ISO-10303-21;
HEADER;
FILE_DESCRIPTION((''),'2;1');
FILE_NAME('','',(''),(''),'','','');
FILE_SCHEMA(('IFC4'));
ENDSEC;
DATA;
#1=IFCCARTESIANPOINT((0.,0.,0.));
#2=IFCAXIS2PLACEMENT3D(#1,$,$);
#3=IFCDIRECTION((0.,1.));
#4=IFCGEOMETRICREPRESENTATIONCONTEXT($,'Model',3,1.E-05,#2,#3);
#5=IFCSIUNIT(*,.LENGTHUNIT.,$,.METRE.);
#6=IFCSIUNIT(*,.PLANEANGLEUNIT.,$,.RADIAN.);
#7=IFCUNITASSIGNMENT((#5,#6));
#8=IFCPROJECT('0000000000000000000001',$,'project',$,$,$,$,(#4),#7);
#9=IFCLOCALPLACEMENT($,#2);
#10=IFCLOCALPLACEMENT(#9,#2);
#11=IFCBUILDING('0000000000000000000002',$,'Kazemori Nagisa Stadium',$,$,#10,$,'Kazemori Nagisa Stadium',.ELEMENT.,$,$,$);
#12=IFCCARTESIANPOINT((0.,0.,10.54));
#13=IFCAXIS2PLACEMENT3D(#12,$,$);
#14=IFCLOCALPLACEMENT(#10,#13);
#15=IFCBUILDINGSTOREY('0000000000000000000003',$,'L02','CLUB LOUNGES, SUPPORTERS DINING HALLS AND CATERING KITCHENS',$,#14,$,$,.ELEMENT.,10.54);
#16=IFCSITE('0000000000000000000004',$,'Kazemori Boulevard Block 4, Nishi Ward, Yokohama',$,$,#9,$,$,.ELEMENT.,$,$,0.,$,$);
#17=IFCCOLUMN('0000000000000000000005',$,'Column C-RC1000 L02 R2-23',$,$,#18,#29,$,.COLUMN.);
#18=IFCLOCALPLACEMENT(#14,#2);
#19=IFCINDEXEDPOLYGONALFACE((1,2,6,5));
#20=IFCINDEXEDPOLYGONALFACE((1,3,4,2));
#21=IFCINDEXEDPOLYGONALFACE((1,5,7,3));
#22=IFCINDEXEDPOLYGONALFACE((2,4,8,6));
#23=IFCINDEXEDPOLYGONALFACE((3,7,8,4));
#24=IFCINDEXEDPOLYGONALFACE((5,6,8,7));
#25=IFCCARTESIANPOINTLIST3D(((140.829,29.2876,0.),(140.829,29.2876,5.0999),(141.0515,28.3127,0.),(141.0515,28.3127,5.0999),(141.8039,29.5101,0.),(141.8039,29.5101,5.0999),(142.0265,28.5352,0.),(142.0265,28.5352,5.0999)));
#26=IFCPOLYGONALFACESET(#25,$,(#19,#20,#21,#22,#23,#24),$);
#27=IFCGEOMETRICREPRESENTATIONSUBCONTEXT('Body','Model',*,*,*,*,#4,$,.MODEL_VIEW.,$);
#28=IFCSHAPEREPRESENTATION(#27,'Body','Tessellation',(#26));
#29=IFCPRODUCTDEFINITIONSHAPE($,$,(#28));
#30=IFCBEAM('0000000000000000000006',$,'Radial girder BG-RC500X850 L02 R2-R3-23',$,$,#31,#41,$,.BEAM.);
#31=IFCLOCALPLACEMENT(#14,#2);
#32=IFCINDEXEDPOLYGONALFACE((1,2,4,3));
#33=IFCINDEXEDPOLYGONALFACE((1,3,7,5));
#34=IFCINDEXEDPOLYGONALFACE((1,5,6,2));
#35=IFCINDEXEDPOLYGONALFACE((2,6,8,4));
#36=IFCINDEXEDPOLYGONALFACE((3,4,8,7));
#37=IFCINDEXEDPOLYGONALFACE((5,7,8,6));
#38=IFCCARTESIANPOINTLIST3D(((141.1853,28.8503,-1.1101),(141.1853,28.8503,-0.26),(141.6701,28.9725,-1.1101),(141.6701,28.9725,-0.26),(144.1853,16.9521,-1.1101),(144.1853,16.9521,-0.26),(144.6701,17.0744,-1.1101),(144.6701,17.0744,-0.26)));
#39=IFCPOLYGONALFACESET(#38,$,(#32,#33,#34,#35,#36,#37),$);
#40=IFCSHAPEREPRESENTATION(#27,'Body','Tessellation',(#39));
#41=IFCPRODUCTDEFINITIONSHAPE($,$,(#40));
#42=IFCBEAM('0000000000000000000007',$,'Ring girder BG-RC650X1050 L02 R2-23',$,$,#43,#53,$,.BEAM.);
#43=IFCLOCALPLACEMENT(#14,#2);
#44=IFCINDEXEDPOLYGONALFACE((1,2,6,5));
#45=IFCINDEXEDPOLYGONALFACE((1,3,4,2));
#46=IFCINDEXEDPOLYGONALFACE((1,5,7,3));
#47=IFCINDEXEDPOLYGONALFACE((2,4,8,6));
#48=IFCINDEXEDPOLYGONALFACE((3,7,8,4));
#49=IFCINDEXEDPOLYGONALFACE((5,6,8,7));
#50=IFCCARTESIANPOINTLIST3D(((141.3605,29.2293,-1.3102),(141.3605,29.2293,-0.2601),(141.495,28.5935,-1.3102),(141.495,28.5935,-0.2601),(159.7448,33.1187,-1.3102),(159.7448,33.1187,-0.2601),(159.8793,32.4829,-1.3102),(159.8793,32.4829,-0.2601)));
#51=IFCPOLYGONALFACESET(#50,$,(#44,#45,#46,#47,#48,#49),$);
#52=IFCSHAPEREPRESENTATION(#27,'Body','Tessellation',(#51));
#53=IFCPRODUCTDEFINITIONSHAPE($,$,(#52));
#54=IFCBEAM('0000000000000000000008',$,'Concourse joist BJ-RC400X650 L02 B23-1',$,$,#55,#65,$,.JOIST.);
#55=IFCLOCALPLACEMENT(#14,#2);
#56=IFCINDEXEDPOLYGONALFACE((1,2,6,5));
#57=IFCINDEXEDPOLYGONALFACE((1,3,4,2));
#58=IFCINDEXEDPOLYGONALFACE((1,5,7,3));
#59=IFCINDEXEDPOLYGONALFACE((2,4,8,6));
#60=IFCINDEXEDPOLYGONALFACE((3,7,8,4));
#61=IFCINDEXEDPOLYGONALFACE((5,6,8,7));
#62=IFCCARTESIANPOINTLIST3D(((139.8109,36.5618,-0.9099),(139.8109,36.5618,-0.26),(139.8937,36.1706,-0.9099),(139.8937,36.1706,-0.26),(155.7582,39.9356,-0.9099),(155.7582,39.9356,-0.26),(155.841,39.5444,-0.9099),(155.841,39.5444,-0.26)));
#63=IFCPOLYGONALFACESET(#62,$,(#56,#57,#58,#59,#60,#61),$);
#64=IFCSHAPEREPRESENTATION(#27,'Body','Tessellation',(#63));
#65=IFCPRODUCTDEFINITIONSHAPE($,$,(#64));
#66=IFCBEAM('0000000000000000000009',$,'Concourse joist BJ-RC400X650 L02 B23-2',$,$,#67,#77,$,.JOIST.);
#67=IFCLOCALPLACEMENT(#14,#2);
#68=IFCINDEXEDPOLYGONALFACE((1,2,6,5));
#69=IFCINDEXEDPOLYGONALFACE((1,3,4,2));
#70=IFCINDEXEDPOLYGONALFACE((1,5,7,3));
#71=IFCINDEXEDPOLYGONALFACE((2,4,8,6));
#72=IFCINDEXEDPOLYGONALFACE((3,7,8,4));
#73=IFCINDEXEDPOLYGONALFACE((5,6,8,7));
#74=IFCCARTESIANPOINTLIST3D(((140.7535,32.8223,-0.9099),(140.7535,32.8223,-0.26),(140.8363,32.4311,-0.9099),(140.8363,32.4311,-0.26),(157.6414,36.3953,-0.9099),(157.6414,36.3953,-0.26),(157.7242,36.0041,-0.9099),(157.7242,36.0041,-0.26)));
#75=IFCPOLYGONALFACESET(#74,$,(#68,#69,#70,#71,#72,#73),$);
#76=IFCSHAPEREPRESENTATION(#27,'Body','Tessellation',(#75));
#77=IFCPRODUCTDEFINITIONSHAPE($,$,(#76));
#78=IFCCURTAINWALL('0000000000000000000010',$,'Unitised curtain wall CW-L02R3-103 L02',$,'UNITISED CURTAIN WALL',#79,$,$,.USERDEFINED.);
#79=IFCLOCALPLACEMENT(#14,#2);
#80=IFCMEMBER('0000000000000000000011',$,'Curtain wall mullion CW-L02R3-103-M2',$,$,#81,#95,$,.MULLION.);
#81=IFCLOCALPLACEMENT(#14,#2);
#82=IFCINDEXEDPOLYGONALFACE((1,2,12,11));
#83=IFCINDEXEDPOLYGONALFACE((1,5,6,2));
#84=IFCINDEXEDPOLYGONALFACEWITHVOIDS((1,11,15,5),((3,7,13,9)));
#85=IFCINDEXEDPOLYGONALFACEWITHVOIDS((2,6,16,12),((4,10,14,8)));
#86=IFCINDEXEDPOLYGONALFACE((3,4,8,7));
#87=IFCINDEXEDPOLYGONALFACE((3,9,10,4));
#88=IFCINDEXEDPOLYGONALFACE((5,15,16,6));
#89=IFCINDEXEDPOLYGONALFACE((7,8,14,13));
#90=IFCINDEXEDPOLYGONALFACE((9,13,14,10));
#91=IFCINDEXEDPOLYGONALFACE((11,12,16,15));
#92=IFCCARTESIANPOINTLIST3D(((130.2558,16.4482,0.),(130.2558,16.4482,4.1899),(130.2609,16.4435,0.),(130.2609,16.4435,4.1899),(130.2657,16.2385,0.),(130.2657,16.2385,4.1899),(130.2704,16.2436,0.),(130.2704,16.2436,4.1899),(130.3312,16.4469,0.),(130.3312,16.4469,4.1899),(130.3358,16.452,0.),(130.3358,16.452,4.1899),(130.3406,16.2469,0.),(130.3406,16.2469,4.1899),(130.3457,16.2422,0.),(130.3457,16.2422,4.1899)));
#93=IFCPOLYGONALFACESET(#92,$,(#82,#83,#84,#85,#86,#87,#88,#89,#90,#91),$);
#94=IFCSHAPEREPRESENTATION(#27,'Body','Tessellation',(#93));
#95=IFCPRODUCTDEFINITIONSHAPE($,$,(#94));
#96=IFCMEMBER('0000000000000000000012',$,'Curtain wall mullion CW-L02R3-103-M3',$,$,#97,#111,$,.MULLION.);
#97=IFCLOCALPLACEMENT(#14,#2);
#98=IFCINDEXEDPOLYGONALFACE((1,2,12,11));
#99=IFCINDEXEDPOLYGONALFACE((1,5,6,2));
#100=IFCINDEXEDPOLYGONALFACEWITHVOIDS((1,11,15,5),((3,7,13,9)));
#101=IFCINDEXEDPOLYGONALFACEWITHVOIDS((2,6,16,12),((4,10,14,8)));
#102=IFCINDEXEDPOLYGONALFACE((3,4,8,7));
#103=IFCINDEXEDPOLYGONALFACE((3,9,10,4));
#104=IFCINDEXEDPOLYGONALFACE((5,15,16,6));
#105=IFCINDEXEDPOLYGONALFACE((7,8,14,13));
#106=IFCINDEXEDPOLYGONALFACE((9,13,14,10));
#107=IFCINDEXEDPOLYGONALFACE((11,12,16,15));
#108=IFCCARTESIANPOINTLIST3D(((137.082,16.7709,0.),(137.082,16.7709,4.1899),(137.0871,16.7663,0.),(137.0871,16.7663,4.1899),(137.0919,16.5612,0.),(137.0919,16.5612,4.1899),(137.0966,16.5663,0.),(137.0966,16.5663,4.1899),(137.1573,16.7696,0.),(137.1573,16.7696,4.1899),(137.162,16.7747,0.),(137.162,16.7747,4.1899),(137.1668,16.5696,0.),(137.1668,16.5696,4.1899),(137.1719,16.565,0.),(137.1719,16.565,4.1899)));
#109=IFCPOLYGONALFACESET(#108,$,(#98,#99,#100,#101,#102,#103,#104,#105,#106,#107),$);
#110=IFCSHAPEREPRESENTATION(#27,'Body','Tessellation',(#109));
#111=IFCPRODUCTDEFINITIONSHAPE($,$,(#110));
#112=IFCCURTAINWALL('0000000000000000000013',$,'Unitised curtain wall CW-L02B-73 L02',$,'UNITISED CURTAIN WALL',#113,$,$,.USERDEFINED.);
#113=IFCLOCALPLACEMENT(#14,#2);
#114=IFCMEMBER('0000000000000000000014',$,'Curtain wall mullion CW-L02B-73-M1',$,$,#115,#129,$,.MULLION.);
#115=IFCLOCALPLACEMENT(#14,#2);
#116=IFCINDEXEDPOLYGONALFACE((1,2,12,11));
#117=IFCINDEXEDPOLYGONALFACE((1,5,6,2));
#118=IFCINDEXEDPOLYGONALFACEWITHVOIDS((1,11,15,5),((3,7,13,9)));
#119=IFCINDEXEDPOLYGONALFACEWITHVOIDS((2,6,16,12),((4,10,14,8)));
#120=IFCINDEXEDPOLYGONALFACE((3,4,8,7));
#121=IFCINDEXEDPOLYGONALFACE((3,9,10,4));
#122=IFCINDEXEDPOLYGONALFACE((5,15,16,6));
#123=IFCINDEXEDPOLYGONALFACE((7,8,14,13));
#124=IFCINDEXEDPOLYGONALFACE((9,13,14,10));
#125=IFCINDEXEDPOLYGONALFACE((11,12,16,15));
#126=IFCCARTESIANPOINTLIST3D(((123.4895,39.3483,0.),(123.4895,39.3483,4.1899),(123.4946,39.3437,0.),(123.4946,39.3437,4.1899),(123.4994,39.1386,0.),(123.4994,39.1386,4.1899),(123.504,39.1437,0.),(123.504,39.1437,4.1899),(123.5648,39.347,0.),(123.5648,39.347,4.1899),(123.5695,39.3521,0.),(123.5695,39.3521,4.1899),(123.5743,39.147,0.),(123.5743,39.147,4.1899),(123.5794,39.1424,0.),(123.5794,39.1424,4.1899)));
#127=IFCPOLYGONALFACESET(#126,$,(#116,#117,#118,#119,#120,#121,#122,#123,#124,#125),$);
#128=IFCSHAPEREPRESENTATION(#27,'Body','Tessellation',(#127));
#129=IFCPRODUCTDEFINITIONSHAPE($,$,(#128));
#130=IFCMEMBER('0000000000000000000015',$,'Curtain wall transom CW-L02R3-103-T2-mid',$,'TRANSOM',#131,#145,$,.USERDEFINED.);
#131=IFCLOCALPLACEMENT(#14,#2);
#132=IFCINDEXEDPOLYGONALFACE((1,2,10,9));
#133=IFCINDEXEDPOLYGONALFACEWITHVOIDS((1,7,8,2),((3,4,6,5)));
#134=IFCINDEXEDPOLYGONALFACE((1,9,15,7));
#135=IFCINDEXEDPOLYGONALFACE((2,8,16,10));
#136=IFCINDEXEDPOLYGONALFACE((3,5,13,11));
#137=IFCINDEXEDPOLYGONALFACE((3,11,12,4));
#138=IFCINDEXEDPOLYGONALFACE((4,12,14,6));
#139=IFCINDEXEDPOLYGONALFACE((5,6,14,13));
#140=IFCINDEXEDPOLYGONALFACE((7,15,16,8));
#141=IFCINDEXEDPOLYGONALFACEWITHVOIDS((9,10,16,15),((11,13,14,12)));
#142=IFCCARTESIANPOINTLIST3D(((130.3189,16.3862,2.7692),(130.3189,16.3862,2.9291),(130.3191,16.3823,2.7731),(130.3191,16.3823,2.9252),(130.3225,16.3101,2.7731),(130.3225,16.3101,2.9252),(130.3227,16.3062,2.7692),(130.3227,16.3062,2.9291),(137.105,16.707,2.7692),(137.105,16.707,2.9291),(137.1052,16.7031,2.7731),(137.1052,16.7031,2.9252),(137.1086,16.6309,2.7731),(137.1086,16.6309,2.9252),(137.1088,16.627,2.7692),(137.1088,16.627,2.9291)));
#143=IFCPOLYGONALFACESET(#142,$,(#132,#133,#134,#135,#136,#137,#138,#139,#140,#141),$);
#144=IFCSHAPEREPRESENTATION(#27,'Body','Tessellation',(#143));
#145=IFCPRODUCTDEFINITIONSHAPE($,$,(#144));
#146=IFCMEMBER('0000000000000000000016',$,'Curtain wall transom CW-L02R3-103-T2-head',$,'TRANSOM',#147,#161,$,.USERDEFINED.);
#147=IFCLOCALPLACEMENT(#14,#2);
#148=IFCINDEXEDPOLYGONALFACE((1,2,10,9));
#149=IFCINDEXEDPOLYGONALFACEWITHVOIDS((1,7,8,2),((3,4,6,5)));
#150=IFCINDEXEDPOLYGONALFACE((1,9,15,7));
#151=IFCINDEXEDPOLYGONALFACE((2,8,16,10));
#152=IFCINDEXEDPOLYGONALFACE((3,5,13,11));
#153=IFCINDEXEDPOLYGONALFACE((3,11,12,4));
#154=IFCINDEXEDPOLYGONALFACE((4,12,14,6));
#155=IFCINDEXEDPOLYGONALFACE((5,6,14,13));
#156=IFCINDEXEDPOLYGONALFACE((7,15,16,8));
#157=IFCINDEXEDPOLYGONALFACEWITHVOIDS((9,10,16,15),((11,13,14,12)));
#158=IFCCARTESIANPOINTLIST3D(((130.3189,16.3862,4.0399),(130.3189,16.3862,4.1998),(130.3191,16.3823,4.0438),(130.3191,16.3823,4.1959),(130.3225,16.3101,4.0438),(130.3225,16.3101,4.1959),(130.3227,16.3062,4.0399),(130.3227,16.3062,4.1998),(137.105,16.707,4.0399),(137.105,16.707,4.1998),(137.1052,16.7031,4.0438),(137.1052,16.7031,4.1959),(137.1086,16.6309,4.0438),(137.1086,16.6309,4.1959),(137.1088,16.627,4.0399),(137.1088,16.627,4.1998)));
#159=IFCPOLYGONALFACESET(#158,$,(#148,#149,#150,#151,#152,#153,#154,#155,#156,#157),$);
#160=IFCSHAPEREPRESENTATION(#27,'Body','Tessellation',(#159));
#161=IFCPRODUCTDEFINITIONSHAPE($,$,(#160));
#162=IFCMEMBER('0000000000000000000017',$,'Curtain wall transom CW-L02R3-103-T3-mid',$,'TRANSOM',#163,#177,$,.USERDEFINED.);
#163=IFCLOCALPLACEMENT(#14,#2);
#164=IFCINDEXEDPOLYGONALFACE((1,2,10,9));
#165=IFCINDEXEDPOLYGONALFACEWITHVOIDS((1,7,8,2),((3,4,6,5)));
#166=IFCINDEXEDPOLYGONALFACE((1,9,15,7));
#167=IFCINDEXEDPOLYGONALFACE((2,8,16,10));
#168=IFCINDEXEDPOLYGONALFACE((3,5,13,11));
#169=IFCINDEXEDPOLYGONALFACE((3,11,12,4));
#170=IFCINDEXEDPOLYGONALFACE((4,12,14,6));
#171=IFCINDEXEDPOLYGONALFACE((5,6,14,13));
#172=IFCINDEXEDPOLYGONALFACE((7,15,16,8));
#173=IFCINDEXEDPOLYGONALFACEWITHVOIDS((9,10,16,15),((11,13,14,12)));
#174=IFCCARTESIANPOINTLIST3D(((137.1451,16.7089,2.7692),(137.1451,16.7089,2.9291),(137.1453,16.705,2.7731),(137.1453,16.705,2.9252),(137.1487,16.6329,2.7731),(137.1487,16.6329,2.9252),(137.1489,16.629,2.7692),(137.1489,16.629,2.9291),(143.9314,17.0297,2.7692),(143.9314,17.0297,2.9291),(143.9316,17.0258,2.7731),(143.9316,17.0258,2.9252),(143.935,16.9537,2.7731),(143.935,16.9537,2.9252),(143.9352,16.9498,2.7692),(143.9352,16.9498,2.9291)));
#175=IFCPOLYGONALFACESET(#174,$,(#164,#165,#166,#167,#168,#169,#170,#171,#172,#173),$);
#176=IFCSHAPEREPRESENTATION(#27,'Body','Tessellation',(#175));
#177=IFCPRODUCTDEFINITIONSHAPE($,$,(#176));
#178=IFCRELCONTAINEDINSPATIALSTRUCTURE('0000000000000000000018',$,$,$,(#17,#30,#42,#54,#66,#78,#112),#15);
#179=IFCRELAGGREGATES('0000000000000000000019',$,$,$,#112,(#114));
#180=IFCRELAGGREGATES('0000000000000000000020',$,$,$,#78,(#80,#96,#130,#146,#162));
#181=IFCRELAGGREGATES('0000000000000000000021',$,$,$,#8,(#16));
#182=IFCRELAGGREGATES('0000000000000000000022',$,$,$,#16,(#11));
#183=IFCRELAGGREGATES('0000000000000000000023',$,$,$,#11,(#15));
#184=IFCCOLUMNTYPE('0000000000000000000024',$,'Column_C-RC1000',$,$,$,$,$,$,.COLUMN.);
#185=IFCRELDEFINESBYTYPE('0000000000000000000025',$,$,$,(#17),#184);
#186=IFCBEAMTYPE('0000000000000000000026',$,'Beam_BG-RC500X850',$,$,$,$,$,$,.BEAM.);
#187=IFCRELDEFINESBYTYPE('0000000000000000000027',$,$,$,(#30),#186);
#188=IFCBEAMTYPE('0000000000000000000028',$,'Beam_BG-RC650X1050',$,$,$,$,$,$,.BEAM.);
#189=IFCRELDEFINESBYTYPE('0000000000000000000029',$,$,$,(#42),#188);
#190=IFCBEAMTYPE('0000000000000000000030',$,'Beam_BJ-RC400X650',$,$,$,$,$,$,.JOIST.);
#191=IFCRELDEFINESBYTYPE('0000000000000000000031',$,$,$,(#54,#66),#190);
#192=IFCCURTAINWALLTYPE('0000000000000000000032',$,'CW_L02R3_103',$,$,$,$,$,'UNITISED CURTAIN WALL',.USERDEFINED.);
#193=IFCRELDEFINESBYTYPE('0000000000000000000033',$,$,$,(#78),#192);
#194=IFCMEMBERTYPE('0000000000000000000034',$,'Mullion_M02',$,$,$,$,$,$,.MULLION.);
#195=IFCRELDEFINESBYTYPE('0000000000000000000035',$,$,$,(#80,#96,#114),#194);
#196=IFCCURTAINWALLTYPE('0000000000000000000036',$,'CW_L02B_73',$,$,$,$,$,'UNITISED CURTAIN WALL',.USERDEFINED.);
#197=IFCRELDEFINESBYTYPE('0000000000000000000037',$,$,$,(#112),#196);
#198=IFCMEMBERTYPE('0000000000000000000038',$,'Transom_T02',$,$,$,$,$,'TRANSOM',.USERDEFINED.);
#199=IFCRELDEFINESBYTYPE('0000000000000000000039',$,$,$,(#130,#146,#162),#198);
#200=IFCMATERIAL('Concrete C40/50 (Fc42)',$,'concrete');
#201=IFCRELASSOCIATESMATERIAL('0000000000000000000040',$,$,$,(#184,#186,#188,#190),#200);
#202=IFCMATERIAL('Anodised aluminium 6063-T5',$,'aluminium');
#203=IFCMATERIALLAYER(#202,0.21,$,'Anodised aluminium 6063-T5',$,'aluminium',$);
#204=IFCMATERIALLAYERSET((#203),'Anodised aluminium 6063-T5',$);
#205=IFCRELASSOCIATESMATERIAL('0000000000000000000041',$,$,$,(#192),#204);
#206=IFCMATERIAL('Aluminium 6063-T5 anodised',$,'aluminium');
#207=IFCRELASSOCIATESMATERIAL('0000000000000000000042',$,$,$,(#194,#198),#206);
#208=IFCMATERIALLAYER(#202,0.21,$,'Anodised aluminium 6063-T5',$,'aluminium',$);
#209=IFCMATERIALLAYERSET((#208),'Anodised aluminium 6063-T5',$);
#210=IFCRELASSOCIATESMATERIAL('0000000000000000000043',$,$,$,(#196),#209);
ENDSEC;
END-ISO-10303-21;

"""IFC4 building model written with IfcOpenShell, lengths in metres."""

from ifc_helpers import new_model, si_unit, direction, frame, origin, origin_2d, place, context, subcontext, project, spatial, rectangle, hollow_rectangle, extrude, material, layer, layer_set, material_profile, profile_set, type_object, element, aggregate, save


model = new_model("IFC4")

# Units and contexts
model_context = context("Model", 3, precision=1e-05, world=origin(), true_north=direction((0.0, 1.0)))
body_context = subcontext(model_context, "Body", "Model", "MODEL_VIEW")
ifc_project = project(units=[si_unit("LENGTHUNIT", "METRE"), si_unit("PLANEANGLEUNIT", "RADIAN")], contexts=[model_context])

# Site, building, storey
site_placement = place(None, origin())
site = spatial("IfcSite", under=ifc_project, at=site_placement, Name="Kazemori Boulevard Block 4, Nishi Ward, Yokohama", CompositionType="ELEMENT", RefElevation=0.0)
building_placement = place(site_placement, origin())
building = spatial("IfcBuilding", under=site, at=building_placement, Name="Kazemori Nagisa Stadium", LongName="Kazemori Nagisa Stadium", CompositionType="ELEMENT")
storey_placement = place(building_placement, frame((0.0, 0.0, 10.54)))
storey = spatial("IfcBuildingStorey", under=building, at=storey_placement, Name="L02", Description="CLUB LOUNGES, SUPPORTERS DINING HALLS AND CATERING KITCHENS", CompositionType="ELEMENT", Elevation=10.54)

# Column
ifc_material_1 = material(Name="Concrete C40/50 (Fc42)", Category="concrete")
ifc_material_profile_1 = material_profile(ifc_material_1, rectangle(XDim=1.0, YDim=1.0, at=origin_2d()), Name="RC-COL-1000x1000")
ifc_profile_set_1 = profile_set([ifc_material_profile_1], Name="Concrete C40/50 (Fc42)")
column_type = type_object("IfcColumnType", Name="Column_C-RC1000", PredefinedType="COLUMN", material=ifc_profile_set_1)
column_placement = place(storey_placement, frame((141.4277, 28.9114, 0.0), z_axis=(0.0, 0.0, 1.0), x_axis=(0.222521, -0.974928, 0.0)))
element("IfcColumn", 1, at=column_placement, inside=storey, type_object=column_type, Name="Column C-RC1000 L02 R2-23", PredefinedType="COLUMN", context=body_context, shape_type="SweptSolid", body=[
    extrude(rectangle(XDim=1.0, YDim=1.0, at=origin_2d()), origin(), (0.0, 0.0, 1.0), 5.0999),
])

# Beams
ifc_material_profile_2 = material_profile(ifc_material_1, rectangle(XDim=0.5, YDim=0.8501, at=origin_2d()), Name="RC-BM-500x850")
ifc_profile_set_2 = profile_set([ifc_material_profile_2], Name="Concrete C40/50 (Fc42)")
beam_type_1 = type_object("IfcBeamType", Name="Beam_BG-RC500X850", PredefinedType="BEAM", material=ifc_profile_set_2)
beam_1_placement = place(storey_placement, frame((141.4277, 28.9114, -0.6851), z_axis=(0.244487, -0.969652, 0.0), x_axis=(0.969652, 0.244487, 0.0)))
element("IfcBeam", 2, at=beam_1_placement, inside=storey, type_object=beam_type_1, Name="Radial girder BG-RC500X850 L02 R2-R3-23", PredefinedType="BEAM", context=body_context, shape_type="SweptSolid", body=[
    extrude(rectangle(XDim=0.5, YDim=0.8501, at=origin_2d()), origin(), (0.0, 0.0, 1.0), 12.2705),
])
ifc_material_profile_3 = material_profile(ifc_material_1, rectangle(XDim=0.6499, YDim=1.05, at=origin_2d()), Name="RC-BM-650x1050")
ifc_profile_set_3 = profile_set([ifc_material_profile_3], Name="Concrete C40/50 (Fc42)")
beam_type_2 = type_object("IfcBeamType", Name="Beam_BG-RC650X1050", PredefinedType="BEAM", material=ifc_profile_set_3)
beam_2_placement = place(storey_placement, frame((141.4277, 28.9114, -0.7852), z_axis=(0.978345, 0.20698, 0.0), x_axis=(-0.20698, 0.978345, 0.0)))
element("IfcBeam", 3, at=beam_2_placement, inside=storey, type_object=beam_type_2, Name="Ring girder BG-RC650X1050 L02 R2-23", PredefinedType="BEAM", context=body_context, shape_type="SweptSolid", body=[
    extrude(rectangle(XDim=0.6499, YDim=1.05, at=origin_2d()), origin(), (0.0, 0.0, 1.0), 18.7913),
])
ifc_material_profile_4 = material_profile(ifc_material_1, rectangle(XDim=0.3999, YDim=0.6499, at=origin_2d()), Name="RC-BM-400x650")
ifc_profile_set_4 = profile_set([ifc_material_profile_4], Name="Concrete C40/50 (Fc42)")
beam_type_3 = type_object("IfcBeamType", Name="Beam_BJ-RC400X650", PredefinedType="JOIST", material=ifc_profile_set_4)
beam_3_placement = place(storey_placement, frame((139.8523, 36.3662, -0.585), z_axis=(0.978346, 0.206977, 0.0), x_axis=(-0.206977, 0.978346, 0.0)))
element("IfcBeam", 4, at=beam_3_placement, inside=storey, type_object=beam_type_3, Name="Concourse joist BJ-RC400X650 L02 B23-1", PredefinedType="JOIST", context=body_context, shape_type="SweptSolid", body=[
    extrude(rectangle(XDim=0.3999, YDim=0.6499, at=origin_2d()), origin(), (0.0, 0.0, 1.0), 16.3003),
])
beam_4_placement = place(storey_placement, frame((140.7949, 32.6267, -0.585), z_axis=(0.978343, 0.206989, 0.0), x_axis=(-0.206989, 0.978343, 0.0)))
element("IfcBeam", 5, at=beam_4_placement, inside=storey, type_object=beam_type_3, Name="Concourse joist BJ-RC400X650 L02 B23-2", PredefinedType="JOIST", context=body_context, shape_type="SweptSolid", body=[
    extrude(rectangle(XDim=0.3999, YDim=0.6499, at=origin_2d()), origin(), (0.0, 0.0, 1.0), 17.2617),
])

# Curtain wall, members
ifc_material_2 = material(Name="Anodised aluminium 6063-T5", Category="aluminium")
ifc_layer_1 = layer(ifc_material_2, 0.21, Name="Anodised aluminium 6063-T5", Category="aluminium")
ifc_layer_set_1 = layer_set([ifc_layer_1], Name="Anodised aluminium 6063-T5")
curtain_wall_type_1 = type_object("IfcCurtainWallType", Name="CW_L02R3_103", ElementType="UNITISED CURTAIN WALL", PredefinedType="USERDEFINED", material=ifc_layer_set_1)
curtain_wall_1_placement = place(storey_placement, origin())
curtain_wall_1 = element("IfcCurtainWall", 6, at=curtain_wall_1_placement, inside=storey, type_object=curtain_wall_type_1, Name="Unitised curtain wall CW-L02R3-103 L02", ObjectType="UNITISED CURTAIN WALL", PredefinedType="USERDEFINED")
ifc_material_3 = material(Name="Aluminium 6063-T5 anodised", Category="aluminium")
ifc_material_profile_5 = material_profile(ifc_material_3, hollow_rectangle(XDim=0.0801, YDim=0.21, WallThickness=0.0049, at=origin_2d()), Name="ALU-MULL-80x210x5")
ifc_profile_set_5 = profile_set([ifc_material_profile_5], Name="Aluminium 6063-T5 anodised")
member_type_1 = type_object("IfcMemberType", Name="Mullion_M02", PredefinedType="MULLION", material=ifc_profile_set_5)
member_1_placement = place(storey_placement, frame((130.3008, 16.3452, 0.0), z_axis=(0.0, 0.0, 1.0), x_axis=(0.998884, 0.04723, 0.0)))
member_1 = element("IfcMember", 7, at=member_1_placement, type_object=member_type_1, Name="Curtain wall mullion CW-L02R3-103-M2", PredefinedType="MULLION", context=body_context, shape_type="SweptSolid", body=[
    extrude(hollow_rectangle(XDim=0.0801, YDim=0.21, WallThickness=0.0049, at=origin_2d()), origin(), (0.0, 0.0, 1.0), 4.1899),
])
member_2_placement = place(storey_placement, frame((137.127, 16.668, 0.0), z_axis=(0.0, 0.0, 1.0), x_axis=(0.998884, 0.04723, 0.0)))
member_2 = element("IfcMember", 8, at=member_2_placement, type_object=member_type_1, Name="Curtain wall mullion CW-L02R3-103-M3", PredefinedType="MULLION", context=body_context, shape_type="SweptSolid", body=[
    extrude(hollow_rectangle(XDim=0.0801, YDim=0.21, WallThickness=0.0049, at=origin_2d()), origin(), (0.0, 0.0, 1.0), 4.1899),
])

# Curtain wall, member
ifc_layer_2 = layer(ifc_material_2, 0.21, Name="Anodised aluminium 6063-T5", Category="aluminium")
ifc_layer_set_2 = layer_set([ifc_layer_2], Name="Anodised aluminium 6063-T5")
curtain_wall_type_2 = type_object("IfcCurtainWallType", Name="CW_L02B_73", ElementType="UNITISED CURTAIN WALL", PredefinedType="USERDEFINED", material=ifc_layer_set_2)
curtain_wall_2_placement = place(storey_placement, origin())
curtain_wall_2 = element("IfcCurtainWall", 9, at=curtain_wall_2_placement, inside=storey, type_object=curtain_wall_type_2, Name="Unitised curtain wall CW-L02B-73 L02", ObjectType="UNITISED CURTAIN WALL", PredefinedType="USERDEFINED")
member_3_placement = place(storey_placement, frame((123.5344, 39.2454, 0.0), z_axis=(0.0, 0.0, 1.0), x_axis=(0.998884, 0.04723, 0.0)))
member_3 = element("IfcMember", 10, at=member_3_placement, type_object=member_type_1, Name="Curtain wall mullion CW-L02B-73-M1", PredefinedType="MULLION", context=body_context, shape_type="SweptSolid", body=[
    extrude(hollow_rectangle(XDim=0.0801, YDim=0.21, WallThickness=0.0049, at=origin_2d()), origin(), (0.0, 0.0, 1.0), 4.1899),
])
aggregate(curtain_wall_2, [member_3])

# Members
ifc_material_profile_6 = material_profile(ifc_material_3, hollow_rectangle(XDim=0.0801, YDim=0.1599, WallThickness=0.0039, at=origin_2d()), Name="ALU-TRAN-80x160x4")
ifc_profile_set_6 = profile_set([ifc_material_profile_6], Name="Aluminium 6063-T5 anodised")
member_type_2 = type_object("IfcMemberType", Name="Transom_T02", ElementType="TRANSOM", PredefinedType="USERDEFINED", material=ifc_profile_set_6)
member_4_placement = place(storey_placement, frame((130.3208, 16.3462, 2.8491), z_axis=(0.998885, 0.04722, 0.0), x_axis=(-0.04722, 0.998885, 0.0)))
member_4 = element("IfcMember", 11, at=member_4_placement, type_object=member_type_2, Name="Curtain wall transom CW-L02R3-103-T2-mid", ObjectType="TRANSOM", PredefinedType="USERDEFINED", context=body_context, shape_type="SweptSolid", body=[
    extrude(hollow_rectangle(XDim=0.0801, YDim=0.1599, WallThickness=0.0039, at=origin_2d()), origin(), (0.0, 0.0, 1.0), 6.7937),
])
member_5_placement = place(storey_placement, frame((130.3208, 16.3462, 4.1199), z_axis=(0.998885, 0.04722, 0.0), x_axis=(-0.04722, 0.998885, 0.0)))
member_5 = element("IfcMember", 12, at=member_5_placement, type_object=member_type_2, Name="Curtain wall transom CW-L02R3-103-T2-head", ObjectType="TRANSOM", PredefinedType="USERDEFINED", context=body_context, shape_type="SweptSolid", body=[
    extrude(hollow_rectangle(XDim=0.0801, YDim=0.1599, WallThickness=0.0039, at=origin_2d()), origin(), (0.0, 0.0, 1.0), 6.7937),
])
member_6_placement = place(storey_placement, frame((137.147, 16.6689, 2.8491), z_axis=(0.998885, 0.047219, 0.0), x_axis=(-0.047219, 0.998885, 0.0)))
member_6 = element("IfcMember", 13, at=member_6_placement, type_object=member_type_2, Name="Curtain wall transom CW-L02R3-103-T3-mid", ObjectType="TRANSOM", PredefinedType="USERDEFINED", context=body_context, shape_type="SweptSolid", body=[
    extrude(hollow_rectangle(XDim=0.0801, YDim=0.1599, WallThickness=0.0039, at=origin_2d()), origin(), (0.0, 0.0, 1.0), 6.7939),
])

aggregate(curtain_wall_1, [member_1, member_2, member_4, member_5, member_6])

save(model, "model.ifc")
